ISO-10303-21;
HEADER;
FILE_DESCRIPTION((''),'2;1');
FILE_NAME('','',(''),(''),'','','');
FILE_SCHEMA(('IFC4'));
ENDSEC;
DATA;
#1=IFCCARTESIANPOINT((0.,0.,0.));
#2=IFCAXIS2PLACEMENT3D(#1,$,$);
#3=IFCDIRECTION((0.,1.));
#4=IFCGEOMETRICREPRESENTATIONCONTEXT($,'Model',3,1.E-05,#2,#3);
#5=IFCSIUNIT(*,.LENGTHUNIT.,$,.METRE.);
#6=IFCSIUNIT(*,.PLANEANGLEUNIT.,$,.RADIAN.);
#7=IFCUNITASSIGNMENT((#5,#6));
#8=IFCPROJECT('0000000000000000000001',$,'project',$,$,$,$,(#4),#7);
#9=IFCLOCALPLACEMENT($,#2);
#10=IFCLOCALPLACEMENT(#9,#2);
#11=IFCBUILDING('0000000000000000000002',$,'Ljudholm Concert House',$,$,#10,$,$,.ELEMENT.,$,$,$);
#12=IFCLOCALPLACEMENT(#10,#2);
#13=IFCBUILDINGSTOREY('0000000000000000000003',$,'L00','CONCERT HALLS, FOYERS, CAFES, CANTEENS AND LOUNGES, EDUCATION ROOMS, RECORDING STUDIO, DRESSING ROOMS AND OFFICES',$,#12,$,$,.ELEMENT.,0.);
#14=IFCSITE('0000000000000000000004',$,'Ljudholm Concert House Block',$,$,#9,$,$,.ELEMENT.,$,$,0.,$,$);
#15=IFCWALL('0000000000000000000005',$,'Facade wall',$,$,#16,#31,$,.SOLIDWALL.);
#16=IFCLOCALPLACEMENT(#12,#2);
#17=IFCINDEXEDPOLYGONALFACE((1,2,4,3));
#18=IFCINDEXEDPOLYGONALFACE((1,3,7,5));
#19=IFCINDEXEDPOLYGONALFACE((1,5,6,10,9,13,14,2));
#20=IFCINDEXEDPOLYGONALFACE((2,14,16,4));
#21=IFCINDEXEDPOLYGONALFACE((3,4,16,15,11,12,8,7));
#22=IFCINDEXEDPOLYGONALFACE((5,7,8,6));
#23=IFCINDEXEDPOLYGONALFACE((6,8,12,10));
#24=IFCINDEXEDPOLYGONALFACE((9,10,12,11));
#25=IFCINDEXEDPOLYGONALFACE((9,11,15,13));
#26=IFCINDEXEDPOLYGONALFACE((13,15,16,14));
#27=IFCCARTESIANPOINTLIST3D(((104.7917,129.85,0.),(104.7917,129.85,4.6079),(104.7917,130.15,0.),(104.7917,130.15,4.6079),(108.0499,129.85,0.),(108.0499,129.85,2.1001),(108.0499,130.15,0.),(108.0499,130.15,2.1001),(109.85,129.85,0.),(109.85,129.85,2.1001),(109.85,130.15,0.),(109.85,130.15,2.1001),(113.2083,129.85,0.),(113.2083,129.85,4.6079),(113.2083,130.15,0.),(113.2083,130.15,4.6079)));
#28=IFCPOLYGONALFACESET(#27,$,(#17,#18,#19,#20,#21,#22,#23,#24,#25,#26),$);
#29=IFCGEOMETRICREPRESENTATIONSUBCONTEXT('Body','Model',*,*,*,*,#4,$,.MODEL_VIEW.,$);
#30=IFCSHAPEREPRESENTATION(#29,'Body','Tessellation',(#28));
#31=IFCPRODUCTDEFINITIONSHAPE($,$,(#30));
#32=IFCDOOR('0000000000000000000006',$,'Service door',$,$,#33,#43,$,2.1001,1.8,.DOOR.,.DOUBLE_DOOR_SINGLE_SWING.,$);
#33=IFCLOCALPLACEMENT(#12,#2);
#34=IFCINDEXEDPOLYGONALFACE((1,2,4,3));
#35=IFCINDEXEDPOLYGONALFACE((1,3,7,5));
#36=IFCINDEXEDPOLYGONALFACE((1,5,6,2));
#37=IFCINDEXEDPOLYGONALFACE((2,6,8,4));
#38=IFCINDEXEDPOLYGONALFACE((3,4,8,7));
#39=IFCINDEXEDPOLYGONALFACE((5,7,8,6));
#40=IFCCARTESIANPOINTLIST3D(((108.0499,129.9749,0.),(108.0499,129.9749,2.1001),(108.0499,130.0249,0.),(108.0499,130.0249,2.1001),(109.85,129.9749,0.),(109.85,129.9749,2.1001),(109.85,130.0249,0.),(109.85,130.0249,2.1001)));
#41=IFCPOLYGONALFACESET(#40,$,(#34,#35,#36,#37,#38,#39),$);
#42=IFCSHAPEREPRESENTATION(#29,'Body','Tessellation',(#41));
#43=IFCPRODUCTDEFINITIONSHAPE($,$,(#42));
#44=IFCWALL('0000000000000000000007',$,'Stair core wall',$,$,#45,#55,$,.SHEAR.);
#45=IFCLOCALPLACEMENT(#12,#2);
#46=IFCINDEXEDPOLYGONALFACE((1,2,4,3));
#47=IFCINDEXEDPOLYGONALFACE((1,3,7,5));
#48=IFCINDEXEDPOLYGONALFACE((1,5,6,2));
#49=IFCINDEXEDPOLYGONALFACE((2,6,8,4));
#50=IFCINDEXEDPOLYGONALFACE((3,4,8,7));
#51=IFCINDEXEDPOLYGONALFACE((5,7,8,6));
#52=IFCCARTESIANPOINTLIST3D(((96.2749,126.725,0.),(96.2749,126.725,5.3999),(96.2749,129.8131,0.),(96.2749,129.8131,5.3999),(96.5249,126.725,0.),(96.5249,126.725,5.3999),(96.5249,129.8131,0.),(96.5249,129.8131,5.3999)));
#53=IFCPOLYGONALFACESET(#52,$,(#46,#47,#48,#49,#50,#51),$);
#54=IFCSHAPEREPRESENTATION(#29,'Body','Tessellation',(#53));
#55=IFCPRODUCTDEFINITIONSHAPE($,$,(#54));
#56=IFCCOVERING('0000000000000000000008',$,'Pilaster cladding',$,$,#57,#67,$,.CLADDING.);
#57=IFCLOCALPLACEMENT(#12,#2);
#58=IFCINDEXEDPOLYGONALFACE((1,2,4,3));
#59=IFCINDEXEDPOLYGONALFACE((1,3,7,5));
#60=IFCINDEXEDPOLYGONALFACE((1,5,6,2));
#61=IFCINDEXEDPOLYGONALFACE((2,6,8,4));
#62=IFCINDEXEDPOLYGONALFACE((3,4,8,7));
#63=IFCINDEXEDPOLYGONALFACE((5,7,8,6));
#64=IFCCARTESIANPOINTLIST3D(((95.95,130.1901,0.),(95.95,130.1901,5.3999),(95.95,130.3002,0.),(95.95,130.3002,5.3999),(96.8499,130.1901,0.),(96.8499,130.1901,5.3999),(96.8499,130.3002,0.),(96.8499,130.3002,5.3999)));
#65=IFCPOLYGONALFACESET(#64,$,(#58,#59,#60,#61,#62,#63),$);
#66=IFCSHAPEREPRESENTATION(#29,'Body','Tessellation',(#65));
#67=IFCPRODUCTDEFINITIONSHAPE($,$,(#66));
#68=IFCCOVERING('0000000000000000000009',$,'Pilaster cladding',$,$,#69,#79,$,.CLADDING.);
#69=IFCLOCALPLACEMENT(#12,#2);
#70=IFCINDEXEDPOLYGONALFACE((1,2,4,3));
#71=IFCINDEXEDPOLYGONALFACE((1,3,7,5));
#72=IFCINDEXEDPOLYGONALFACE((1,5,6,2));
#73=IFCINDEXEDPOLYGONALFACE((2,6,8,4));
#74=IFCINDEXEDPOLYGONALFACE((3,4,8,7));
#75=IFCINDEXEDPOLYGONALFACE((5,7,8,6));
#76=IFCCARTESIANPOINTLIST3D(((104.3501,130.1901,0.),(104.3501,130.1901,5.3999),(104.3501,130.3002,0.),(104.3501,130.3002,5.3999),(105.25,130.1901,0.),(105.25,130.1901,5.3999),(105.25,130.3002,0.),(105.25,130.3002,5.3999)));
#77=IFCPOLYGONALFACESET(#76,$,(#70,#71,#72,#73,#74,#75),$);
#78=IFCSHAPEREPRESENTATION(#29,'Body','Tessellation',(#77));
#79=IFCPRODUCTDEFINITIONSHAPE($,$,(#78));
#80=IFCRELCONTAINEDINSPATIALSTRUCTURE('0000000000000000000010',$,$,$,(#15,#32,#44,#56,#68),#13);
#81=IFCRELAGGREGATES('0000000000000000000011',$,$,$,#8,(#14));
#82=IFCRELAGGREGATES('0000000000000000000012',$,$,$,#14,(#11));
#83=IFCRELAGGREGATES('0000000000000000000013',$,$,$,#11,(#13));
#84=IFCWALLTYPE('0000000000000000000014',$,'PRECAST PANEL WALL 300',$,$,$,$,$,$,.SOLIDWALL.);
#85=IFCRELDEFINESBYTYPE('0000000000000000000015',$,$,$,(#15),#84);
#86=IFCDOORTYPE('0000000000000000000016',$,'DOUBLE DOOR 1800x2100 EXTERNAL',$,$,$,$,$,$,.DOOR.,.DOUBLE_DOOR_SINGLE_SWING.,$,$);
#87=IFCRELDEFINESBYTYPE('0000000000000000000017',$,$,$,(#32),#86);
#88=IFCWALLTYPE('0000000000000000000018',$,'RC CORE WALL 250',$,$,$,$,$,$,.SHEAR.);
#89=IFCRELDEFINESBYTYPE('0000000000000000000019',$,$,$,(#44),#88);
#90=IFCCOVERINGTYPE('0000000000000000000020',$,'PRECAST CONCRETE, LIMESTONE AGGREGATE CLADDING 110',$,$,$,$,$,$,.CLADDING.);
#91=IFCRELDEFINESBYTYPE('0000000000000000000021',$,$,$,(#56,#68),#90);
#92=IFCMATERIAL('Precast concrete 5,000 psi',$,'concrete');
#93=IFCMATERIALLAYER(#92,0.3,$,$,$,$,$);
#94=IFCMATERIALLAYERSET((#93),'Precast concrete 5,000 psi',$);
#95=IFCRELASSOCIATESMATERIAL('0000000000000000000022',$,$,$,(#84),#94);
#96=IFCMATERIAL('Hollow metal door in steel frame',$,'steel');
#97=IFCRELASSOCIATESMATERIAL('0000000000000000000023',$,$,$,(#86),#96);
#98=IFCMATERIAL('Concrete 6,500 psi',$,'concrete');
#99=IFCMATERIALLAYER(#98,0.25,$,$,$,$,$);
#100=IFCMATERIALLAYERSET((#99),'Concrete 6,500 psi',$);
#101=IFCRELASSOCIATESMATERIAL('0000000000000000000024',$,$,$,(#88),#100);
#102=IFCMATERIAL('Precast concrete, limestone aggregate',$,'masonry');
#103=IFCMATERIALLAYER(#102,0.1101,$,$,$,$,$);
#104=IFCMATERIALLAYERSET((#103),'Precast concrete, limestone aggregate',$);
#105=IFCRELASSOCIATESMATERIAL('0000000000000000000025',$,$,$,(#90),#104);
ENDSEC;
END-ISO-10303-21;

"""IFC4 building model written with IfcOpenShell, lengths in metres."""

from ifc_helpers import new_model, si_unit, direction, frame, frame_2d, origin, origin_2d, place, context, subcontext, project, spatial, rectangle, extrude, material, layer, layer_set, type_object, element, fill, save


model = new_model("IFC4")

# Units and contexts
model_context = context("Model", 3, precision=1e-05, world=origin(), true_north=direction((0.0, 1.0)))
body_context = subcontext(model_context, "Body", "Model", "MODEL_VIEW")
ifc_project = project(units=[si_unit("LENGTHUNIT", "METRE"), si_unit("PLANEANGLEUNIT", "RADIAN")], contexts=[model_context])

# Site, building, storey
site_placement = place(None, origin())
site = spatial("IfcSite", under=ifc_project, at=site_placement, Name="Ljudholm Concert House Block", CompositionType="ELEMENT", RefElevation=0.0)
building_placement = place(site_placement, origin())
building = spatial("IfcBuilding", under=site, at=building_placement, Name="Ljudholm Concert House", CompositionType="ELEMENT")
storey_placement = place(building_placement, origin())
storey = spatial("IfcBuildingStorey", under=building, at=storey_placement, Name="L00", Description="CONCERT HALLS, FOYERS, CAFES, CANTEENS AND LOUNGES, EDUCATION ROOMS, RECORDING STUDIO, DRESSING ROOMS AND OFFICES", CompositionType="ELEMENT", Elevation=0.0)

# Shared definitions
ifc_material_1 = material(Name="Precast concrete 5,000 psi", Category="concrete")
ifc_layer_1 = layer(ifc_material_1, 0.3)
ifc_layer_set_1 = layer_set([ifc_layer_1], Name="Precast concrete 5,000 psi")
wall_type_1 = type_object("IfcWallType", Name="PRECAST PANEL WALL 300", PredefinedType="SOLIDWALL", material=ifc_layer_set_1)

# Wall, opening, door
wall_1_placement = place(storey_placement, frame((104.7917, 130.0, 0.0), z_axis=(0.0, 0.0, 1.0), x_axis=(1.0, 0.0, 0.0)))
wall_1 = element("IfcWall", 1, at=wall_1_placement, inside=storey, type_object=wall_type_1, Name="Facade wall", PredefinedType="SOLIDWALL", context=body_context, shape_type="SweptSolid", body=[
    extrude(rectangle(XDim=8.4165, YDim=0.3, at=frame_2d((4.2083, 0.0))), origin(), (0.0, 0.0, 1.0), 4.6079),
])
opening_1_placement = place(wall_1_placement, frame((3.2583, 0.0, 0.0)))
opening_1 = element("IfcOpeningElement", 2, at=opening_1_placement, cuts=wall_1, PredefinedType="OPENING", context=body_context, shape_type="SweptSolid", body=[
    extrude(rectangle(XDim=1.8, YDim=2.1001, at=frame_2d((0.8999, 1.05))), frame((0.0, 0.1599, 0.0), z_axis=(0.0, -1.0, 0.0), x_axis=(1.0, 0.0, 0.0)), (0.0, 0.0, 1.0), 0.3201),
])
ifc_material_2 = material(Name="Hollow metal door in steel frame", Category="steel")
door_type_1 = type_object("IfcDoorType", Name="DOUBLE DOOR 1800x2100 EXTERNAL", OperationType="DOUBLE_DOOR_SINGLE_SWING", PredefinedType="DOOR", material=ifc_material_2)
door_1_placement = place(opening_1_placement, origin())
door_1 = element("IfcDoor", 3, at=door_1_placement, inside=storey, type_object=door_type_1, Name="Service door", OperationType="DOUBLE_DOOR_SINGLE_SWING", OverallHeight=2.1001, OverallWidth=1.8, PredefinedType="DOOR", context=body_context, shape_type="SweptSolid", body=[
    extrude(rectangle(XDim=1.8, YDim=2.1001, at=frame_2d((0.8999, 1.05))), frame((0.0, 0.0249, 0.0), z_axis=(0.0, -1.0, 0.0), x_axis=(1.0, 0.0, 0.0)), (0.0, 0.0, 1.0), 0.05),
])
fill(opening_1, door_1)

# Wall
ifc_material_3 = material(Name="Concrete 6,500 psi", Category="concrete")
ifc_layer_2 = layer(ifc_material_3, 0.25)
ifc_layer_set_2 = layer_set([ifc_layer_2], Name="Concrete 6,500 psi")
wall_type_2 = type_object("IfcWallType", Name="RC CORE WALL 250", PredefinedType="SHEAR", material=ifc_layer_set_2)
wall_2_placement = place(storey_placement, frame((96.3999, 126.7251, 0.0), z_axis=(0.0, 0.0, 1.0), x_axis=(0.0, 1.0, 0.0)))
element("IfcWall", 4, at=wall_2_placement, inside=storey, type_object=wall_type_2, Name="Stair core wall", PredefinedType="SHEAR", context=body_context, shape_type="SweptSolid", body=[
    extrude(rectangle(XDim=3.0881, YDim=0.25, at=frame_2d((1.5439, 0.0))), origin(), (0.0, 0.0, 1.0), 5.3999),
])

# Coverings
ifc_material_4 = material(Name="Precast concrete, limestone aggregate", Category="masonry")
ifc_layer_3 = layer(ifc_material_4, 0.1101)
ifc_layer_set_3 = layer_set([ifc_layer_3], Name="Precast concrete, limestone aggregate")
covering_type = type_object("IfcCoveringType", Name="PRECAST CONCRETE, LIMESTONE AGGREGATE CLADDING 110", PredefinedType="CLADDING", material=ifc_layer_set_3)
for number, where, z_axis, x_axis, name in (
    (5, (96.3999, 130.2451, 0.0), (0.0, 0.0, 1.0), (0.0, 1.0, 0.0), "Pilaster cladding"),
    (6, (104.8, 130.2451, 0.0), (0.0, 0.0, 1.0), (0.0, 1.0, 0.0), "Pilaster cladding"),
):
    element("IfcCovering", number, at=place(storey_placement, frame(where, z_axis=z_axis, x_axis=x_axis)), inside=storey, type_object=covering_type, Name=name, PredefinedType="CLADDING", context=body_context, shape_type="SweptSolid", body=[
        extrude(rectangle(XDim=0.1101, YDim=0.8999, at=origin_2d()), origin(), (0.0, 0.0, 1.0), 5.3999),
    ])

save(model, "model.ifc")
